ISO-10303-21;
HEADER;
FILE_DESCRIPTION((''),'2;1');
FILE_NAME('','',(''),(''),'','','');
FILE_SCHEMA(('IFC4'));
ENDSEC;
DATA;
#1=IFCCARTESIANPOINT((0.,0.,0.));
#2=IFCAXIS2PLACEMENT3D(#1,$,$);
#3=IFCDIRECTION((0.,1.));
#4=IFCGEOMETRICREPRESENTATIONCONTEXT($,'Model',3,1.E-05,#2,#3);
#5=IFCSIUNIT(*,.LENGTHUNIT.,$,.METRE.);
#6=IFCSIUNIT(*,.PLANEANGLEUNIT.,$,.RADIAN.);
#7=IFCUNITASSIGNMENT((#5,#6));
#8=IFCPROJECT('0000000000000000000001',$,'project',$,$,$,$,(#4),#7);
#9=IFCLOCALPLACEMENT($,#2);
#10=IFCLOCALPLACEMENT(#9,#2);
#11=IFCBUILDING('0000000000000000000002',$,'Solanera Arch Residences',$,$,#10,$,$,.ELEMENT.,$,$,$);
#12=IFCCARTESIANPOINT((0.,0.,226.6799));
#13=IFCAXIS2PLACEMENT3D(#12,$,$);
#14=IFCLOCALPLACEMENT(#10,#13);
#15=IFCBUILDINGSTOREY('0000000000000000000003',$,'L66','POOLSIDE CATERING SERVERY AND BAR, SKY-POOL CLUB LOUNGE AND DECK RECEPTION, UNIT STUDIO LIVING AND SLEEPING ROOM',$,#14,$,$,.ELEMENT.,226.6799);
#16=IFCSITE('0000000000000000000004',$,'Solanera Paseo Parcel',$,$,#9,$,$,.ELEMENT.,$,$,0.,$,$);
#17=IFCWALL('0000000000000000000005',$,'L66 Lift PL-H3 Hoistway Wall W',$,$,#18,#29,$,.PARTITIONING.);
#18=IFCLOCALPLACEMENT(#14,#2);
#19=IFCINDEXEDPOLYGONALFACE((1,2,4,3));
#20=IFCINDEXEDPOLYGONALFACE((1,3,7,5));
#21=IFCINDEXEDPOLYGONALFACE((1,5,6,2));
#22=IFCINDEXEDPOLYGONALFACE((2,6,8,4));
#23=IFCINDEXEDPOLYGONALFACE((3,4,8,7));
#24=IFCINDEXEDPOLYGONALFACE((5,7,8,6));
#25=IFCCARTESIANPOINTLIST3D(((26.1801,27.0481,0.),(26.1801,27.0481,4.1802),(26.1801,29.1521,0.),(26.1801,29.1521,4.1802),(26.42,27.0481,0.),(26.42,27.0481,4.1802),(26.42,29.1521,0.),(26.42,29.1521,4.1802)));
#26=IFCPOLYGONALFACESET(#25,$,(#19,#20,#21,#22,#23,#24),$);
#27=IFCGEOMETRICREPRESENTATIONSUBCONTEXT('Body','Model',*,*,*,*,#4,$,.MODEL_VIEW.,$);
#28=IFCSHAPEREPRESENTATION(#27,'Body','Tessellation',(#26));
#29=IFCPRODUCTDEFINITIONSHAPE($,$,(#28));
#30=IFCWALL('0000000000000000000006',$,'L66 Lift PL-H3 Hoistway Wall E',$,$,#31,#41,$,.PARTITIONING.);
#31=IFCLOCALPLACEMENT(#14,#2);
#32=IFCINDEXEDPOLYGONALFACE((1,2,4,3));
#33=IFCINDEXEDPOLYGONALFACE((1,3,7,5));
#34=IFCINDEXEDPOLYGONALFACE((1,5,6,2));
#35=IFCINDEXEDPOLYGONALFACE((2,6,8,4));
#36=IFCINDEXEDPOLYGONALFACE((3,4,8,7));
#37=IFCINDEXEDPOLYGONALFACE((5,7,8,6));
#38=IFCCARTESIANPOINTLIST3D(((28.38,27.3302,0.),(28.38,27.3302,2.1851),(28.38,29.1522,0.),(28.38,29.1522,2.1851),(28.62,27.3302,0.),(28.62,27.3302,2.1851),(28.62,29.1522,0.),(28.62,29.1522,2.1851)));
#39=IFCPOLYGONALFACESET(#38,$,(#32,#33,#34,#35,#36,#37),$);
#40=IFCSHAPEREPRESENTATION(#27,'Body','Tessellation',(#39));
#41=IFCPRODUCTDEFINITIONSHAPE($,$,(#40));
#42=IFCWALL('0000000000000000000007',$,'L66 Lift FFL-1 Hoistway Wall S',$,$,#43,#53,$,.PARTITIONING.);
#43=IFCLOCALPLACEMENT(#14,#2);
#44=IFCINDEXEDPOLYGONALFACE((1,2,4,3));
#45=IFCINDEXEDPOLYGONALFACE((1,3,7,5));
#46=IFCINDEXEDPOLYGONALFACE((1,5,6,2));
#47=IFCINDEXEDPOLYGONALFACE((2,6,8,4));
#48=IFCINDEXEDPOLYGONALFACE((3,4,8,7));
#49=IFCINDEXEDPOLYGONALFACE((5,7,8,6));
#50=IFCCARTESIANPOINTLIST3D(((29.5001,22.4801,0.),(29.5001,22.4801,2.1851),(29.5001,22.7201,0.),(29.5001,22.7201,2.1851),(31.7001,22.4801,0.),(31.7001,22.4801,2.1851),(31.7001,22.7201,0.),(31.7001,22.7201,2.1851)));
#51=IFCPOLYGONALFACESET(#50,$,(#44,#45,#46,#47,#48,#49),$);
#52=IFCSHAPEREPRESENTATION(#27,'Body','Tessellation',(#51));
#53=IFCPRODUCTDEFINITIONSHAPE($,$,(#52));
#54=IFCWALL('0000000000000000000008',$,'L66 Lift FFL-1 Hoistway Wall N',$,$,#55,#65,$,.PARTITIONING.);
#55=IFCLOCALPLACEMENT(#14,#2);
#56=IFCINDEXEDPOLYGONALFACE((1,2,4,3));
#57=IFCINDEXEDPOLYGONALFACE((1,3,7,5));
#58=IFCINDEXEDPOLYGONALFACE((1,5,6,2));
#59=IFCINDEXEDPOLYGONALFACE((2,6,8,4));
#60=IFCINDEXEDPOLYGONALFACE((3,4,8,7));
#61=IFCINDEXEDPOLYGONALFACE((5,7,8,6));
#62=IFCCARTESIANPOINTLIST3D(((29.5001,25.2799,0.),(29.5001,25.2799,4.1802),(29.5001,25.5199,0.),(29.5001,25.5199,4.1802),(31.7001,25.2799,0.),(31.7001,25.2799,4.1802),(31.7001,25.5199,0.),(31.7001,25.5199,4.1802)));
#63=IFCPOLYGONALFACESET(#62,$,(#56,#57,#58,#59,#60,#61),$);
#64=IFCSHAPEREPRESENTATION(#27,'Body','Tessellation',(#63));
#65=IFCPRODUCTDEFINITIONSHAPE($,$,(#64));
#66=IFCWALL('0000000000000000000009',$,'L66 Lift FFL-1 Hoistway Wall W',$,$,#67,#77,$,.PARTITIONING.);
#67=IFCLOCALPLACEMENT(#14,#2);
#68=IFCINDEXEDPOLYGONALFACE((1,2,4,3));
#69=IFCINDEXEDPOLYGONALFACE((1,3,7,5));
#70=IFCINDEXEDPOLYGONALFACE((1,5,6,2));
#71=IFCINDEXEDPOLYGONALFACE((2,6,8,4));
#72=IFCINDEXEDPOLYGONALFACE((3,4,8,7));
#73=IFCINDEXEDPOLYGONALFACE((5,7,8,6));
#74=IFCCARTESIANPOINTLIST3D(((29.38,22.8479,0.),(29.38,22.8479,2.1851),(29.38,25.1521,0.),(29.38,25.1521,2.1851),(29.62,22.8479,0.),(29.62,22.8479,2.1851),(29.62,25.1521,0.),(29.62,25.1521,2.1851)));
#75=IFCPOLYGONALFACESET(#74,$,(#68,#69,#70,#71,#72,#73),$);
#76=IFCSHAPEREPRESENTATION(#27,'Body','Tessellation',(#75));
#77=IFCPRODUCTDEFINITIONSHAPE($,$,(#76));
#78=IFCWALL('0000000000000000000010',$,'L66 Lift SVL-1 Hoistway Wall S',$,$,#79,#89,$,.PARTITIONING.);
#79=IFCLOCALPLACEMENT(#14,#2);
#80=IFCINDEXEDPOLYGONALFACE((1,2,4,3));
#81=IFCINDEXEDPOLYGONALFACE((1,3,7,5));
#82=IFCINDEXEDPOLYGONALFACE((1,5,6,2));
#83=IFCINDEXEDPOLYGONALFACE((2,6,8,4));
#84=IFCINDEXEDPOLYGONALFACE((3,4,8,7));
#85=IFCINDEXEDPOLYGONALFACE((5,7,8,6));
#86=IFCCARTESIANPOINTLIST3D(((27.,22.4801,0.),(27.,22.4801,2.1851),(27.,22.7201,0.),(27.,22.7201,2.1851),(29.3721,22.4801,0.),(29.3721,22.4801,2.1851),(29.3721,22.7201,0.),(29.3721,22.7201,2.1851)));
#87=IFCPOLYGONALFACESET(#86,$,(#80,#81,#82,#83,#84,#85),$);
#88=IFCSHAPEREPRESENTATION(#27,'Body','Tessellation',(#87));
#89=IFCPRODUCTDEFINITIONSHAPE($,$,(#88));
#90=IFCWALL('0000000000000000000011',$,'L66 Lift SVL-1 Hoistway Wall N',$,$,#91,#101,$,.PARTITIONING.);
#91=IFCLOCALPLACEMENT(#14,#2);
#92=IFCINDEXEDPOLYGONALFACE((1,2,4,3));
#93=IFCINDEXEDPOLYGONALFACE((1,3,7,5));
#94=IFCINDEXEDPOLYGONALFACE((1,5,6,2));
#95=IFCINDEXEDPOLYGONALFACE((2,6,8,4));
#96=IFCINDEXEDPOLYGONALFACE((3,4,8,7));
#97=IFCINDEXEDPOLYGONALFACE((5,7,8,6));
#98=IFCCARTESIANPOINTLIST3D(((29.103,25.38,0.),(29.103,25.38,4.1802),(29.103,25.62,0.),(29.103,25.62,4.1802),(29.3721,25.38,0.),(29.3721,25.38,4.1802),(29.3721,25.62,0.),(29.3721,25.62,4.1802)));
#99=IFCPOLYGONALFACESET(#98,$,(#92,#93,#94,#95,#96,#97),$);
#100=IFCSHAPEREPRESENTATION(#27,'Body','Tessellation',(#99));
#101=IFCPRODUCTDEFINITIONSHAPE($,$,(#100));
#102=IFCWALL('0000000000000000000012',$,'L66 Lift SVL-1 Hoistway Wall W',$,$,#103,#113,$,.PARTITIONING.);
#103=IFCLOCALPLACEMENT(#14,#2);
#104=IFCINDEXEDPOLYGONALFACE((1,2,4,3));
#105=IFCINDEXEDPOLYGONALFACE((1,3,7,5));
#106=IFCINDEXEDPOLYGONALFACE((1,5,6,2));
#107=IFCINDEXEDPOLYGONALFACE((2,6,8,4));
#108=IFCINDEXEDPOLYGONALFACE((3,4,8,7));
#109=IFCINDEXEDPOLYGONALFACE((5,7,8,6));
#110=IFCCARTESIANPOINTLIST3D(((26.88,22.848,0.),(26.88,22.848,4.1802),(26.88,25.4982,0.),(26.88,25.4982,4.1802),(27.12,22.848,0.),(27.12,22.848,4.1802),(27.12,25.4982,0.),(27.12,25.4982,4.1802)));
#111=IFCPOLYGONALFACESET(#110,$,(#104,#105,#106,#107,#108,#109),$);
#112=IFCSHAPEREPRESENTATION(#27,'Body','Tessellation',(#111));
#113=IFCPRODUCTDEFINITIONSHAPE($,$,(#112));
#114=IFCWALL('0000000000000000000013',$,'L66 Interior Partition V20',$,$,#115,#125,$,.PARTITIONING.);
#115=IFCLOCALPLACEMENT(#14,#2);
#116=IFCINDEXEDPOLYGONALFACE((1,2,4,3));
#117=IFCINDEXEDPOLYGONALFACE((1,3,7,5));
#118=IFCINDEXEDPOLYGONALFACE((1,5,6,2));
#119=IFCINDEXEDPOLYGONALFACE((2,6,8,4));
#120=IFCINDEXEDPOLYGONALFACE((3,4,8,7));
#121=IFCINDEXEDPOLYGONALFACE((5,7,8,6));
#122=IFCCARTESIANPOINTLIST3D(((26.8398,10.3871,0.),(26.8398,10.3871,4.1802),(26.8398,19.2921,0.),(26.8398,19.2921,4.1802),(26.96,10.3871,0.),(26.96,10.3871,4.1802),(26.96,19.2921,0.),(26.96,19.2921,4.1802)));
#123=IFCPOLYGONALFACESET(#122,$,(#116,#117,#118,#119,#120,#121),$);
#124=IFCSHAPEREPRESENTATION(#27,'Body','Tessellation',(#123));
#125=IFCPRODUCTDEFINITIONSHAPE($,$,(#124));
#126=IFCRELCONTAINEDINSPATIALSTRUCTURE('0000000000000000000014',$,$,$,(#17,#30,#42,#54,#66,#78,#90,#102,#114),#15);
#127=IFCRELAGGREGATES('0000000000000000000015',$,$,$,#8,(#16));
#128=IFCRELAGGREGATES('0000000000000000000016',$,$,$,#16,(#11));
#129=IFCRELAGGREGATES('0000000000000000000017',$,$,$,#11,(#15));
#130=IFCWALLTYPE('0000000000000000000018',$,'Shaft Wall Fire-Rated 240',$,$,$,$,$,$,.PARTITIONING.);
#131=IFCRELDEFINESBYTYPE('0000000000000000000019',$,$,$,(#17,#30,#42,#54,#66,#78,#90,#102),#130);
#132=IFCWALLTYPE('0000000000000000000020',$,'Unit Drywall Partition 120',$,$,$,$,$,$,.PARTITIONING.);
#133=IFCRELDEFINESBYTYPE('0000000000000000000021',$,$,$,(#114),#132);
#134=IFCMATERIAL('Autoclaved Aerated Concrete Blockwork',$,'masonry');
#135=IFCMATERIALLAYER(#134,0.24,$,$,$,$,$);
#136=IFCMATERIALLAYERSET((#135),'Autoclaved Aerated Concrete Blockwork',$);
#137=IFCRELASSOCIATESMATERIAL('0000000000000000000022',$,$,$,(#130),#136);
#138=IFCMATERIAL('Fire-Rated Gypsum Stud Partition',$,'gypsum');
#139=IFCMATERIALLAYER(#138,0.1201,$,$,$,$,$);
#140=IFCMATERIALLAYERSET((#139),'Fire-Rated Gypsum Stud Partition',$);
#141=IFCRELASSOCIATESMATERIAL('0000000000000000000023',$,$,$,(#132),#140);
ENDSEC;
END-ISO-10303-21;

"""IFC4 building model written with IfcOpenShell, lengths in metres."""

from ifc_helpers import new_model, si_unit, direction, frame, frame_2d, origin, place, context, subcontext, project, spatial, rectangle, extrude, material, layer, layer_set, type_object, element, save


model = new_model("IFC4")

# Units and contexts
model_context = context("Model", 3, precision=1e-05, world=origin(), true_north=direction((0.0, 1.0)))
body_context = subcontext(model_context, "Body", "Model", "MODEL_VIEW")
ifc_project = project(units=[si_unit("LENGTHUNIT", "METRE"), si_unit("PLANEANGLEUNIT", "RADIAN")], contexts=[model_context])

# Site, building, storey
site_placement = place(None, origin())
site = spatial("IfcSite", under=ifc_project, at=site_placement, Name="Solanera Paseo Parcel", CompositionType="ELEMENT", RefElevation=0.0)
building_placement = place(site_placement, origin())
building = spatial("IfcBuilding", under=site, at=building_placement, Name="Solanera Arch Residences", CompositionType="ELEMENT")
storey_placement = place(building_placement, frame((0.0, 0.0, 226.6799)))
storey = spatial("IfcBuildingStorey", under=building, at=storey_placement, Name="L66", Description="POOLSIDE CATERING SERVERY AND BAR, SKY-POOL CLUB LOUNGE AND DECK RECEPTION, UNIT STUDIO LIVING AND SLEEPING ROOM", CompositionType="ELEMENT", Elevation=226.6799)

# Walls
ifc_material_1 = material(Name="Autoclaved Aerated Concrete Blockwork", Category="masonry")
ifc_layer_1 = layer(ifc_material_1, 0.24)
ifc_layer_set_1 = layer_set([ifc_layer_1], Name="Autoclaved Aerated Concrete Blockwork")
wall_type_1 = type_object("IfcWallType", Name="Shaft Wall Fire-Rated 240", PredefinedType="PARTITIONING", material=ifc_layer_set_1)
wall_1_placement = place(storey_placement, frame((26.3, 27.0481, 0.0), z_axis=(0.0, 0.0, 1.0), x_axis=(0.0, 1.0, 0.0)))
element("IfcWall", 1, at=wall_1_placement, inside=storey, type_object=wall_type_1, Name="L66 Lift PL-H3 Hoistway Wall W", PredefinedType="PARTITIONING", context=body_context, shape_type="SweptSolid", body=[
    extrude(rectangle(XDim=2.104, YDim=0.24, at=frame_2d((1.052, 0.0))), origin(), (0.0, 0.0, 1.0), 4.1802),
])
wall_2_placement = place(storey_placement, frame((28.5, 27.3301, 0.0), z_axis=(0.0, 0.0, 1.0), x_axis=(0.0, 1.0, 0.0)))
element("IfcWall", 2, at=wall_2_placement, inside=storey, type_object=wall_type_1, Name="L66 Lift PL-H3 Hoistway Wall E", PredefinedType="PARTITIONING", context=body_context, shape_type="SweptSolid", body=[
    extrude(rectangle(XDim=1.822, YDim=0.24, at=frame_2d((0.9111, 0.0))), origin(), (0.0, 0.0, 1.0), 2.1851),
])
wall_3_placement = place(storey_placement, frame((29.5, 22.6001, 0.0), z_axis=(0.0, 0.0, 1.0), x_axis=(1.0, 0.0, 0.0)))
element("IfcWall", 3, at=wall_3_placement, inside=storey, type_object=wall_type_1, Name="L66 Lift FFL-1 Hoistway Wall S", PredefinedType="PARTITIONING", context=body_context, shape_type="SweptSolid", body=[
    extrude(rectangle(XDim=2.2, YDim=0.24, at=frame_2d((1.1001, 0.0))), origin(), (0.0, 0.0, 1.0), 2.1851),
])
wall_4_placement = place(storey_placement, frame((29.5, 25.3999, 0.0), z_axis=(0.0, 0.0, 1.0), x_axis=(1.0, 0.0, 0.0)))
element("IfcWall", 4, at=wall_4_placement, inside=storey, type_object=wall_type_1, Name="L66 Lift FFL-1 Hoistway Wall N", PredefinedType="PARTITIONING", context=body_context, shape_type="SweptSolid", body=[
    extrude(rectangle(XDim=2.2, YDim=0.24, at=frame_2d((1.1001, 0.0))), origin(), (0.0, 0.0, 1.0), 4.1802),
])
wall_5_placement = place(storey_placement, frame((29.5, 22.8479, 0.0), z_axis=(0.0, 0.0, 1.0), x_axis=(0.0, 1.0, 0.0)))
element("IfcWall", 5, at=wall_5_placement, inside=storey, type_object=wall_type_1, Name="L66 Lift FFL-1 Hoistway Wall W", PredefinedType="PARTITIONING", context=body_context, shape_type="SweptSolid", body=[
    extrude(rectangle(XDim=2.3042, YDim=0.24, at=frame_2d((1.1521, 0.0))), origin(), (0.0, 0.0, 1.0), 2.1851),
])
wall_6_placement = place(storey_placement, frame((27.0, 22.6001, 0.0), z_axis=(0.0, 0.0, 1.0), x_axis=(1.0, 0.0, 0.0)))
element("IfcWall", 6, at=wall_6_placement, inside=storey, type_object=wall_type_1, Name="L66 Lift SVL-1 Hoistway Wall S", PredefinedType="PARTITIONING", context=body_context, shape_type="SweptSolid", body=[
    extrude(rectangle(XDim=2.3721, YDim=0.24, at=frame_2d((1.186, 0.0))), origin(), (0.0, 0.0, 1.0), 2.1851),
])
wall_7_placement = place(storey_placement, frame((29.103, 25.5, 0.0), z_axis=(0.0, 0.0, 1.0), x_axis=(1.0, 0.0, 0.0)))
element("IfcWall", 7, at=wall_7_placement, inside=storey, type_object=wall_type_1, Name="L66 Lift SVL-1 Hoistway Wall N", PredefinedType="PARTITIONING", context=body_context, shape_type="SweptSolid", body=[
    extrude(rectangle(XDim=0.269, YDim=0.24, at=frame_2d((0.1345, 0.0))), origin(), (0.0, 0.0, 1.0), 4.1802),
])
wall_8_placement = place(storey_placement, frame((27.0, 22.8479, 0.0), z_axis=(0.0, 0.0, 1.0), x_axis=(0.0, 1.0, 0.0)))
element("IfcWall", 8, at=wall_8_placement, inside=storey, type_object=wall_type_1, Name="L66 Lift SVL-1 Hoistway Wall W", PredefinedType="PARTITIONING", context=body_context, shape_type="SweptSolid", body=[
    extrude(rectangle(XDim=2.6501, YDim=0.24, at=frame_2d((1.3252, 0.0))), origin(), (0.0, 0.0, 1.0), 4.1802),
])
ifc_material_2 = material(Name="Fire-Rated Gypsum Stud Partition", Category="gypsum")
ifc_layer_2 = layer(ifc_material_2, 0.1201)
ifc_layer_set_2 = layer_set([ifc_layer_2], Name="Fire-Rated Gypsum Stud Partition")
wall_type_2 = type_object("IfcWallType", Name="Unit Drywall Partition 120", PredefinedType="PARTITIONING", material=ifc_layer_set_2)
wall_9_placement = place(storey_placement, frame((26.8999, 10.387, 0.0), z_axis=(0.0, 0.0, 1.0), x_axis=(0.0, 1.0, 0.0)))
element("IfcWall", 9, at=wall_9_placement, inside=storey, type_object=wall_type_2, Name="L66 Interior Partition V20", PredefinedType="PARTITIONING", context=body_context, shape_type="SweptSolid", body=[
    extrude(rectangle(XDim=8.905, YDim=0.1201, at=frame_2d((4.4526, 0.0))), origin(), (0.0, 0.0, 1.0), 4.1802),
])

save(model, "model.ifc")
